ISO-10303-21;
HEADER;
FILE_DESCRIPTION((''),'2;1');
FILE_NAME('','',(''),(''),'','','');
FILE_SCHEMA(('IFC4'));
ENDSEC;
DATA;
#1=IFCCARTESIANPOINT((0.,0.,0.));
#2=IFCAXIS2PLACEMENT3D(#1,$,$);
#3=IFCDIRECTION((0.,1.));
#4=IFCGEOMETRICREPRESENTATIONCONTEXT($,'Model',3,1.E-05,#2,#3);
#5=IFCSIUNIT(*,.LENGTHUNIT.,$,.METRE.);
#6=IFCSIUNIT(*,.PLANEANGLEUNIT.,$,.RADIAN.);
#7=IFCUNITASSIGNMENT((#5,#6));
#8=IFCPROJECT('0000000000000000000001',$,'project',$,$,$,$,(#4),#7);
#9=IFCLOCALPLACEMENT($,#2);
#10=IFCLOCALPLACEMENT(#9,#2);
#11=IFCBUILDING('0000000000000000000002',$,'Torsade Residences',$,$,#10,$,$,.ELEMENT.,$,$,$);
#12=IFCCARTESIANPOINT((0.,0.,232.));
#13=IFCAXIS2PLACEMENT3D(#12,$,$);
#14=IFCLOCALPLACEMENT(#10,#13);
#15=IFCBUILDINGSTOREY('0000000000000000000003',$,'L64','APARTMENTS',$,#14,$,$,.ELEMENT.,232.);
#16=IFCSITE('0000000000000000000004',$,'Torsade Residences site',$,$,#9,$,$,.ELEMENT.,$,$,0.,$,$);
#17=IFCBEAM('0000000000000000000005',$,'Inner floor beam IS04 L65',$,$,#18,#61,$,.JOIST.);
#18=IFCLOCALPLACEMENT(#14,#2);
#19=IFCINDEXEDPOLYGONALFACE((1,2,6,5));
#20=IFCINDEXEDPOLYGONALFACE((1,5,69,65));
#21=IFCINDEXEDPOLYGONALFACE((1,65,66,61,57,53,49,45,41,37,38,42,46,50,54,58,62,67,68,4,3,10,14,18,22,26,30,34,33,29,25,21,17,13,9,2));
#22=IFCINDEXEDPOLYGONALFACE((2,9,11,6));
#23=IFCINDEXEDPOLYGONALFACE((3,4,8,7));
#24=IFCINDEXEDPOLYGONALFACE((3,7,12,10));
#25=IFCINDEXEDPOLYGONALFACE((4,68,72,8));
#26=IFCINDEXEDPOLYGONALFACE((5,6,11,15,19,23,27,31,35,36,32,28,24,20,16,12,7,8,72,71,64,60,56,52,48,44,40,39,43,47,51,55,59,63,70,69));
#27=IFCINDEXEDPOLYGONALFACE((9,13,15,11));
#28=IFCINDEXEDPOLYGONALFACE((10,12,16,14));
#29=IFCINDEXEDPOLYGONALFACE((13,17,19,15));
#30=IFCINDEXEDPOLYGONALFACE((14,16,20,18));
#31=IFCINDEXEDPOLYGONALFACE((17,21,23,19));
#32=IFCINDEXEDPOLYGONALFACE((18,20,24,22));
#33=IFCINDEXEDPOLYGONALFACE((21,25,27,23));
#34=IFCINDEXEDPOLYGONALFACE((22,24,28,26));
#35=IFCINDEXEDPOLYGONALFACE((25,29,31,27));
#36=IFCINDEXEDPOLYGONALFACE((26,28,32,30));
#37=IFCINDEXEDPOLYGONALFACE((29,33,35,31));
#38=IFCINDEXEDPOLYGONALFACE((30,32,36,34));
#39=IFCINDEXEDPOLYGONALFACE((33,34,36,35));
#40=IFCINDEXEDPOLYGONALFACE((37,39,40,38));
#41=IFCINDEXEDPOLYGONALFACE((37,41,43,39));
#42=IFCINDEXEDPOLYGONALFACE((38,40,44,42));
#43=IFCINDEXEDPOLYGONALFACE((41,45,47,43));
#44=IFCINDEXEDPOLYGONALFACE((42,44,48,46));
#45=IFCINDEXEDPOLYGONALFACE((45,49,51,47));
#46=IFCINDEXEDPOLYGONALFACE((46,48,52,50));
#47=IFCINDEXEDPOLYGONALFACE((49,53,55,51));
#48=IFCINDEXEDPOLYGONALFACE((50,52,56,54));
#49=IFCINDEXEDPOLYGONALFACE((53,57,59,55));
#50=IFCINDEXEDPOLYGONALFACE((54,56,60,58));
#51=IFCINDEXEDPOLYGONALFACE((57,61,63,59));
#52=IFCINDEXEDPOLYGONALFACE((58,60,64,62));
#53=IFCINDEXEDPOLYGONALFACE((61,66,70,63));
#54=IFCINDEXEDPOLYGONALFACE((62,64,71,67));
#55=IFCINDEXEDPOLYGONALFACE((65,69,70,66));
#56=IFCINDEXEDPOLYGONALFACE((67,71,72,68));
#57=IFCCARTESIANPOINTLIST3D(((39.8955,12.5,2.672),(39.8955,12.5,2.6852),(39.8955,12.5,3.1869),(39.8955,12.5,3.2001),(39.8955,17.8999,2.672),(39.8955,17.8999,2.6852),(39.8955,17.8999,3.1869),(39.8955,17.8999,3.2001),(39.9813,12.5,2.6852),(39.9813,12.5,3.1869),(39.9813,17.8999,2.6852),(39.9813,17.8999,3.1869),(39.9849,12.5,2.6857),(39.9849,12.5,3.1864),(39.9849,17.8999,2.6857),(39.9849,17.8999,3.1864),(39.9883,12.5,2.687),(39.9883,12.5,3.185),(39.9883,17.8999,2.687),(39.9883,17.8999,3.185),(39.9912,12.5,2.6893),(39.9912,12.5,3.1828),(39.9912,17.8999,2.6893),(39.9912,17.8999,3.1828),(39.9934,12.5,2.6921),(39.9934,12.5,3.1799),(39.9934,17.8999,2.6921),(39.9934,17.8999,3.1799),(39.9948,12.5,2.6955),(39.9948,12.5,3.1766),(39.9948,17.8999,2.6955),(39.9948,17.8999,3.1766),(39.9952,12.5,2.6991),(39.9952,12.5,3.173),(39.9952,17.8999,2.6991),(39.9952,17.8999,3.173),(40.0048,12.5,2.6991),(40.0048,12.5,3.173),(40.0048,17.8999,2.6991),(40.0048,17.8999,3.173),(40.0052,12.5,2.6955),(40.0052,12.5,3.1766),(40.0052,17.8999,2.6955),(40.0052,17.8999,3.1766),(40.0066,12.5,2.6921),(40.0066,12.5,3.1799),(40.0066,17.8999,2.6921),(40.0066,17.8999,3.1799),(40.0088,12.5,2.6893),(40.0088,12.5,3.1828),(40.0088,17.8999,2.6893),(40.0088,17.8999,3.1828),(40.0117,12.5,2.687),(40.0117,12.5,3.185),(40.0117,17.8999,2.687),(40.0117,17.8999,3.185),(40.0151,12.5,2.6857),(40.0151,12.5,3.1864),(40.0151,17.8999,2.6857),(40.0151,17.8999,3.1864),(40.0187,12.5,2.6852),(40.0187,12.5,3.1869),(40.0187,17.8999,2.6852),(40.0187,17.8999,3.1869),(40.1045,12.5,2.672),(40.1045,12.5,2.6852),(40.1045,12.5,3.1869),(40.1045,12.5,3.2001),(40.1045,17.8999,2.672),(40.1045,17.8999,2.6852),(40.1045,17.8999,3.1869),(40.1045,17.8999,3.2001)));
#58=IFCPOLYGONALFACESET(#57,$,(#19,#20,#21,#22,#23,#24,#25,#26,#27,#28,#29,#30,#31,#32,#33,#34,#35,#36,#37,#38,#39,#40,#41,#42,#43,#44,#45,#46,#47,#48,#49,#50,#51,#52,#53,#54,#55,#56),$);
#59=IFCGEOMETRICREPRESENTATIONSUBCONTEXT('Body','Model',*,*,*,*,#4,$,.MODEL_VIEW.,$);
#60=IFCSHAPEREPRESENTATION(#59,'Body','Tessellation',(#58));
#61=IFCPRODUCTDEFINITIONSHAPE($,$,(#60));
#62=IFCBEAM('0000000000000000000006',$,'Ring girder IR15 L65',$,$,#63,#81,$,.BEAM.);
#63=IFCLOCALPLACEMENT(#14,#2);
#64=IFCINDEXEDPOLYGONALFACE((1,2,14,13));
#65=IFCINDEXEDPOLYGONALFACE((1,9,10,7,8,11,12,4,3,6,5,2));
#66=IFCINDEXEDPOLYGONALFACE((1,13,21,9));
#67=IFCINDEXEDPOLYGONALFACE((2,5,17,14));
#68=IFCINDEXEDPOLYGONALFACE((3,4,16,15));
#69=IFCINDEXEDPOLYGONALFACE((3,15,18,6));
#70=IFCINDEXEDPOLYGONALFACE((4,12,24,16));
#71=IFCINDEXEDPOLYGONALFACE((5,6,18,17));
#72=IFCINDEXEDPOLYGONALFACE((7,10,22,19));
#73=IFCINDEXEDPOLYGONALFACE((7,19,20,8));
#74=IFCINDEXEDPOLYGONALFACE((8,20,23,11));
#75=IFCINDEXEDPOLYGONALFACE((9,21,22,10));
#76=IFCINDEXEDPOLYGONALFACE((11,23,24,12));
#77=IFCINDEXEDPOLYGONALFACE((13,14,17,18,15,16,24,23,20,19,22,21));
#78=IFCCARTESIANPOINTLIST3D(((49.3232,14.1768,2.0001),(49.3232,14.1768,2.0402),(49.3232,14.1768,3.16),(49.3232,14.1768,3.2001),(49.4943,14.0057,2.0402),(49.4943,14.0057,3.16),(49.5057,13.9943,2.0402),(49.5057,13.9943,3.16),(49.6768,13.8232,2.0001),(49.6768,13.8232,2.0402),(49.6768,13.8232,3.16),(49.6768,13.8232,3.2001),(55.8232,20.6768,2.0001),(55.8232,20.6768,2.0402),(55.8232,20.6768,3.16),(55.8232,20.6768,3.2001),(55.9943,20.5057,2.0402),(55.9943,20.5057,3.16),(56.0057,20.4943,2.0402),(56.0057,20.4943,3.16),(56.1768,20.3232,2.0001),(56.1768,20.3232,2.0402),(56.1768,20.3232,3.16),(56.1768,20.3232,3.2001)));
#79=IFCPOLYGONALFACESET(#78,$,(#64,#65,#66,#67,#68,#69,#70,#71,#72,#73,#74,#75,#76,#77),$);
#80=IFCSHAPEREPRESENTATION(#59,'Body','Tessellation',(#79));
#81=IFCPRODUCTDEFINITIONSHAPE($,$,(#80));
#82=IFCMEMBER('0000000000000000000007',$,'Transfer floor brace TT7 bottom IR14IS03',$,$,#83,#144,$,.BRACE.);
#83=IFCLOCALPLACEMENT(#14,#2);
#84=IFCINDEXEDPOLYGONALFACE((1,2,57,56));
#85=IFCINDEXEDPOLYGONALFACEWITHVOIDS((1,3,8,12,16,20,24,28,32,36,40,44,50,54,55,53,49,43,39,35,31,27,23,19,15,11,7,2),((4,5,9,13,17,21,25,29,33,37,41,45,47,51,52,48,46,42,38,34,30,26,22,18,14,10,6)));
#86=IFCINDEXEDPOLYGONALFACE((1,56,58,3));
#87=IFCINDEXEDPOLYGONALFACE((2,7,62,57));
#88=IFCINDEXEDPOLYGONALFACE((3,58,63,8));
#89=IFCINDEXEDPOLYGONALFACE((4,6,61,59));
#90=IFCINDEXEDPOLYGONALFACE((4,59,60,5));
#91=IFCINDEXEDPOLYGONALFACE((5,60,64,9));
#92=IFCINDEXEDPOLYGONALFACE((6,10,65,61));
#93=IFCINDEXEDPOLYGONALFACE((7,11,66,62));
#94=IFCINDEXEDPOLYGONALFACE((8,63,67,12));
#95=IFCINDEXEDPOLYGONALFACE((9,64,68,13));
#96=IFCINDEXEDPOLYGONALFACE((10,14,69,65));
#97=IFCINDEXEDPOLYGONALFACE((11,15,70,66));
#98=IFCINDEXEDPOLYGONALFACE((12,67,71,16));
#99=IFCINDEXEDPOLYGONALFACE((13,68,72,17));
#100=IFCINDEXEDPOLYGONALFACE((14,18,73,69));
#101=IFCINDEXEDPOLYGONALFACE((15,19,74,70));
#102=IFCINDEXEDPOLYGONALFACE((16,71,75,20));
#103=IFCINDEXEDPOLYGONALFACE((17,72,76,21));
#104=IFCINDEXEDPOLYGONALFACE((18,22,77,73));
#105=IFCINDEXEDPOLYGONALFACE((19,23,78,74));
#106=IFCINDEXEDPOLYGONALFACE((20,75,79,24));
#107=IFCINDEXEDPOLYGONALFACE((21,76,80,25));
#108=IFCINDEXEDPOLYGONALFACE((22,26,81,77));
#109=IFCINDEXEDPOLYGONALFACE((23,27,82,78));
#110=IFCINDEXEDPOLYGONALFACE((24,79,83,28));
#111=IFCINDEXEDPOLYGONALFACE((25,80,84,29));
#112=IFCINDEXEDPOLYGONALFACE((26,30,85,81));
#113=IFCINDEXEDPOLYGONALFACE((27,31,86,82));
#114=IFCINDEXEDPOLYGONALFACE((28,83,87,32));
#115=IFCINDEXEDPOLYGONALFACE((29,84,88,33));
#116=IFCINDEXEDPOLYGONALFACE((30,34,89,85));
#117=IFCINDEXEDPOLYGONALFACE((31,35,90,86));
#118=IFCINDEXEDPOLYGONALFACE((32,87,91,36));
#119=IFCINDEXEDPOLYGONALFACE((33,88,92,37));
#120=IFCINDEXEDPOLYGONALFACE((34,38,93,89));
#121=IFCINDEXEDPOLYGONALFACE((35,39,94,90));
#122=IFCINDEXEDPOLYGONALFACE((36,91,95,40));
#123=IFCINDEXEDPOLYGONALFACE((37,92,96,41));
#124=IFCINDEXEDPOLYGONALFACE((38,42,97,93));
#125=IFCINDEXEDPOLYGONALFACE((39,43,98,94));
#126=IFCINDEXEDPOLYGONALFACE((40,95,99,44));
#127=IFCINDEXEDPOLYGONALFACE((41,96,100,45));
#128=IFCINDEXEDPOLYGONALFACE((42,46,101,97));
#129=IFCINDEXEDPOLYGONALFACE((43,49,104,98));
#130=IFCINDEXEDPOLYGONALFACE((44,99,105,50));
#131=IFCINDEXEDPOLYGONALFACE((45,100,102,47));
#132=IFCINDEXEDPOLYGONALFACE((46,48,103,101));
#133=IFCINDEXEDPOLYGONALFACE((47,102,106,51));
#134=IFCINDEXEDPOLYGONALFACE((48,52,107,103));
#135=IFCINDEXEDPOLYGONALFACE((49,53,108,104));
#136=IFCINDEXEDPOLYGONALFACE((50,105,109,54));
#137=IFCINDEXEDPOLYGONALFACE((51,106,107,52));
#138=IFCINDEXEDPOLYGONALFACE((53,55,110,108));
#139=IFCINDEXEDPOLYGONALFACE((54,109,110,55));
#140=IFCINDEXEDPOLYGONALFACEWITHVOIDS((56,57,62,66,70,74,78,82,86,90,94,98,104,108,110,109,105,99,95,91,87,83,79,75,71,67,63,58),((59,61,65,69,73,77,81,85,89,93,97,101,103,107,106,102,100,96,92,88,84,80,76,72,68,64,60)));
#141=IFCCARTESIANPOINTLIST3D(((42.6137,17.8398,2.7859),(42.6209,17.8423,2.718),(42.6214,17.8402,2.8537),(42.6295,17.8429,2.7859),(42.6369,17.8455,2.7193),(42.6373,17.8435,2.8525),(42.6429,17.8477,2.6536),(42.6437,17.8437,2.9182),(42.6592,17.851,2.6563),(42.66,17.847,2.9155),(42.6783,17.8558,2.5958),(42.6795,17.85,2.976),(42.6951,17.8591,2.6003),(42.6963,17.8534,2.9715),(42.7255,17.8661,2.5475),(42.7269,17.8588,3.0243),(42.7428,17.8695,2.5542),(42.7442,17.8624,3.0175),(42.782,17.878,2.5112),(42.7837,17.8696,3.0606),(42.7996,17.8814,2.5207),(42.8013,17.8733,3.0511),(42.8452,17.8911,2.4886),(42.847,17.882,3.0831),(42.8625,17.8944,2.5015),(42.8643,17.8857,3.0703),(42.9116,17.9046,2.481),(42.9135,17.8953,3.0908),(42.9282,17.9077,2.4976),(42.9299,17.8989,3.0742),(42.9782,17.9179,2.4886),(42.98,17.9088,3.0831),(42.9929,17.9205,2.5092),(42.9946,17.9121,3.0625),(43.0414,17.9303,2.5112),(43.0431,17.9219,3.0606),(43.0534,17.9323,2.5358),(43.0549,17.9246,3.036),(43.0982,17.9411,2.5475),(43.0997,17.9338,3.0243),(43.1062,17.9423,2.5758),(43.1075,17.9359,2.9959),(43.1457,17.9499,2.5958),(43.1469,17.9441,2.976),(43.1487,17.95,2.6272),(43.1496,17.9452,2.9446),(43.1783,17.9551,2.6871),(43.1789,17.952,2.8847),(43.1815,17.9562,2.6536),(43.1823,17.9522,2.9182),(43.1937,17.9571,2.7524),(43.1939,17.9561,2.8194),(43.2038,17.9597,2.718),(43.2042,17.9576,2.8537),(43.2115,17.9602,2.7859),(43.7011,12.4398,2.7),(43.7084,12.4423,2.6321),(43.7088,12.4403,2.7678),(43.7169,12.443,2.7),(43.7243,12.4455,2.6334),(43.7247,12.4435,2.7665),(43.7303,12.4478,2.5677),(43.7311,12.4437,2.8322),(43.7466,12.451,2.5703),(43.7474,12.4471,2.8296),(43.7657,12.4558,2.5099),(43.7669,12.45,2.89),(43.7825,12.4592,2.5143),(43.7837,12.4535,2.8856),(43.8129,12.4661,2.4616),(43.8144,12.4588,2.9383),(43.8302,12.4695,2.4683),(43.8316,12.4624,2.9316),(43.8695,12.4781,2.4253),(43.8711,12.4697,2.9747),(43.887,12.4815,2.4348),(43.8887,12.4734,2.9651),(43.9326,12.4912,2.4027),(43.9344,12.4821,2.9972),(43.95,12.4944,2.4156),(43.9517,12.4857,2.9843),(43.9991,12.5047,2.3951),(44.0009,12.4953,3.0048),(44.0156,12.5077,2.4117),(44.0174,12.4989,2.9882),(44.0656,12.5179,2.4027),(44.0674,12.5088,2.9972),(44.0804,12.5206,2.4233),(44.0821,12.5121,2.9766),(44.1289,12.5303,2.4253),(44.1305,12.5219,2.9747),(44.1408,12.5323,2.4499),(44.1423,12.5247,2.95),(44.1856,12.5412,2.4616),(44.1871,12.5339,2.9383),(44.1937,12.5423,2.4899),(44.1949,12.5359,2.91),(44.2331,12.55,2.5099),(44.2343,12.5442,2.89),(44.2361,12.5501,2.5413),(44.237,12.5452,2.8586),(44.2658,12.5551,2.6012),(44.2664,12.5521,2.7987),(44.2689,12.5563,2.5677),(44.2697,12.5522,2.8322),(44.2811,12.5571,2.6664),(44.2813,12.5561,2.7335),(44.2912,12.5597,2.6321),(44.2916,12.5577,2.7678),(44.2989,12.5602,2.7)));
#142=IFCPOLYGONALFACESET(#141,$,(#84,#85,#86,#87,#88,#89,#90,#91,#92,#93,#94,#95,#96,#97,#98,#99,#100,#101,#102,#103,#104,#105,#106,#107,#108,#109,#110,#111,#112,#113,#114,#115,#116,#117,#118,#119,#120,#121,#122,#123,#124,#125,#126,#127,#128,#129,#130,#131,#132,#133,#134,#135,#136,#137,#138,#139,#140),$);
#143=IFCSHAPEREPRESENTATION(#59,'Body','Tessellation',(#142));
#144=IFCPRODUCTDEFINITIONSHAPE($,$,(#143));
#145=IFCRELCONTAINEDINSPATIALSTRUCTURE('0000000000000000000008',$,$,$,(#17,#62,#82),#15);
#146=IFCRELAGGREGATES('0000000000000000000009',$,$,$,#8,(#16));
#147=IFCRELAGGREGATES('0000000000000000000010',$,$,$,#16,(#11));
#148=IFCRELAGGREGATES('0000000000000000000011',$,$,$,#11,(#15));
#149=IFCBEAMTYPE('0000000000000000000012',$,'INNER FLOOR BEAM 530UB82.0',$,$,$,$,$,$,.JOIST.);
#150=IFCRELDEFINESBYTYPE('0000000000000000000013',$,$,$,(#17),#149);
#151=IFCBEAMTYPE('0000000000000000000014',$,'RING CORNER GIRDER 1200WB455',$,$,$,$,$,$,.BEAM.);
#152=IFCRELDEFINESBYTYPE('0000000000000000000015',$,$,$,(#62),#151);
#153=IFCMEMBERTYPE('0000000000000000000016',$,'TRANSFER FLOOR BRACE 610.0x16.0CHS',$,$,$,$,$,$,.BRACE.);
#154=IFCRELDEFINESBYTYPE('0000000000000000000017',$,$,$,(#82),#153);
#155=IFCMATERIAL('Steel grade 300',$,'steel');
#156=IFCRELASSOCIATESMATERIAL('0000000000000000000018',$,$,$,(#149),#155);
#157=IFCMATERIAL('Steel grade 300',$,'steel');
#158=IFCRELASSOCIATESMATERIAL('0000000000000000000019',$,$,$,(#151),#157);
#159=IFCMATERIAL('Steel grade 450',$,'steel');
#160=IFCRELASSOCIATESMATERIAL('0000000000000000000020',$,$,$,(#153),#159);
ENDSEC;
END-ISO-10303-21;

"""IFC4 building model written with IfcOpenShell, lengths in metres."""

from ifc_helpers import new_model, si_unit, direction, frame, origin, origin_2d, place, context, subcontext, project, spatial, hollow_circle, i_section, extrude, material, material_profile, profile_set, type_object, element, save


model = new_model("IFC4")

# Units and contexts
model_context = context("Model", 3, precision=1e-05, world=origin(), true_north=direction((0.0, 1.0)))
body_context = subcontext(model_context, "Body", "Model", "MODEL_VIEW")
ifc_project = project(units=[si_unit("LENGTHUNIT", "METRE"), si_unit("PLANEANGLEUNIT", "RADIAN")], contexts=[model_context])

# Site, building, storey
site_placement = place(None, origin())
site = spatial("IfcSite", under=ifc_project, at=site_placement, Name="Torsade Residences site", CompositionType="ELEMENT", RefElevation=0.0)
building_placement = place(site_placement, origin())
building = spatial("IfcBuilding", under=site, at=building_placement, Name="Torsade Residences", CompositionType="ELEMENT")
storey_placement = place(building_placement, frame((0.0, 0.0, 232.0)))
storey = spatial("IfcBuildingStorey", under=building, at=storey_placement, Name="L64", Description="APARTMENTS", CompositionType="ELEMENT", Elevation=232.0)

# Beams
ifc_material_1 = material(Name="Steel grade 300", Category="steel")
ifc_material_profile_1 = material_profile(ifc_material_1, i_section(OverallWidth=0.209, OverallDepth=0.5281, WebThickness=0.0095, FlangeThickness=0.0132, FilletRadius=0.0139, at=origin_2d()), Name="530UB82.0")
ifc_profile_set_1 = profile_set([ifc_material_profile_1], Name="Steel grade 300")
beam_type_1 = type_object("IfcBeamType", Name="INNER FLOOR BEAM 530UB82.0", PredefinedType="JOIST", material=ifc_profile_set_1)
for number, where, z_axis, x_axis, name in (
    (1, (40.0, 17.8999, 2.936), (0.0, -1.0, 0.0), (1.0, 0.0, 0.0), "Inner floor beam IS04 L65"),
):
    element("IfcBeam", number, at=place(storey_placement, frame(where, z_axis=z_axis, x_axis=x_axis)), inside=storey, type_object=beam_type_1, Name=name, PredefinedType="JOIST", context=body_context, shape_type="SweptSolid", body=[
        extrude(i_section(OverallWidth=0.209, OverallDepth=0.5281, WebThickness=0.0095, FlangeThickness=0.0132, FilletRadius=0.0139, at=origin_2d()), origin(), (0.0, 0.0, 1.0), 5.3999),
    ])
ifc_material_2 = material(Name="Steel grade 300", Category="steel")
ifc_material_profile_2 = material_profile(ifc_material_2, i_section(OverallWidth=0.5, OverallDepth=1.2, WebThickness=0.0161, FlangeThickness=0.04, at=origin_2d()), Name="1200WB455")
ifc_profile_set_2 = profile_set([ifc_material_profile_2], Name="Steel grade 300")
beam_type_2 = type_object("IfcBeamType", Name="RING CORNER GIRDER 1200WB455", PredefinedType="BEAM", material=ifc_profile_set_2)
beam_1_placement = place(storey_placement, frame((49.5, 14.0, 2.6001), z_axis=(0.707107, 0.707107, 0.0), x_axis=(-0.707107, 0.707107, 0.0)))
element("IfcBeam", 2, at=beam_1_placement, inside=storey, type_object=beam_type_2, Name="Ring girder IR15 L65", PredefinedType="BEAM", context=body_context, shape_type="SweptSolid", body=[
    extrude(i_section(OverallWidth=0.5, OverallDepth=1.2, WebThickness=0.0161, FlangeThickness=0.04, at=origin_2d()), origin(), (0.0, 0.0, 1.0), 9.1924),
])

# Member
ifc_material_3 = material(Name="Steel grade 450", Category="steel")
ifc_material_profile_3 = material_profile(ifc_material_3, hollow_circle(Radius=0.3049, WallThickness=0.0161, at=origin_2d()), Name="610.0x16.0CHS")
ifc_profile_set_3 = profile_set([ifc_material_profile_3], Name="Steel grade 450")
member_type = type_object("IfcMemberType", Name="TRANSFER FLOOR BRACE 610.0x16.0CHS", PredefinedType="BRACE", material=ifc_profile_set_3)
member_1_placement = place(storey_placement, frame((44.0, 12.5, 2.7), z_axis=(-0.197388, 0.980201, 0.0156), x_axis=(-0.980321, -0.197412, 0.0)))
element("IfcMember", 3, at=member_1_placement, inside=storey, type_object=member_type, Name="Transfer floor brace TT7 bottom IR14IS03", PredefinedType="BRACE", context=body_context, shape_type="SweptSolid", body=[
    extrude(hollow_circle(Radius=0.3049, WallThickness=0.0161, at=origin_2d()), origin(), (0.0, 0.0, 1.0), 5.509),
])

save(model, "model.ifc")
